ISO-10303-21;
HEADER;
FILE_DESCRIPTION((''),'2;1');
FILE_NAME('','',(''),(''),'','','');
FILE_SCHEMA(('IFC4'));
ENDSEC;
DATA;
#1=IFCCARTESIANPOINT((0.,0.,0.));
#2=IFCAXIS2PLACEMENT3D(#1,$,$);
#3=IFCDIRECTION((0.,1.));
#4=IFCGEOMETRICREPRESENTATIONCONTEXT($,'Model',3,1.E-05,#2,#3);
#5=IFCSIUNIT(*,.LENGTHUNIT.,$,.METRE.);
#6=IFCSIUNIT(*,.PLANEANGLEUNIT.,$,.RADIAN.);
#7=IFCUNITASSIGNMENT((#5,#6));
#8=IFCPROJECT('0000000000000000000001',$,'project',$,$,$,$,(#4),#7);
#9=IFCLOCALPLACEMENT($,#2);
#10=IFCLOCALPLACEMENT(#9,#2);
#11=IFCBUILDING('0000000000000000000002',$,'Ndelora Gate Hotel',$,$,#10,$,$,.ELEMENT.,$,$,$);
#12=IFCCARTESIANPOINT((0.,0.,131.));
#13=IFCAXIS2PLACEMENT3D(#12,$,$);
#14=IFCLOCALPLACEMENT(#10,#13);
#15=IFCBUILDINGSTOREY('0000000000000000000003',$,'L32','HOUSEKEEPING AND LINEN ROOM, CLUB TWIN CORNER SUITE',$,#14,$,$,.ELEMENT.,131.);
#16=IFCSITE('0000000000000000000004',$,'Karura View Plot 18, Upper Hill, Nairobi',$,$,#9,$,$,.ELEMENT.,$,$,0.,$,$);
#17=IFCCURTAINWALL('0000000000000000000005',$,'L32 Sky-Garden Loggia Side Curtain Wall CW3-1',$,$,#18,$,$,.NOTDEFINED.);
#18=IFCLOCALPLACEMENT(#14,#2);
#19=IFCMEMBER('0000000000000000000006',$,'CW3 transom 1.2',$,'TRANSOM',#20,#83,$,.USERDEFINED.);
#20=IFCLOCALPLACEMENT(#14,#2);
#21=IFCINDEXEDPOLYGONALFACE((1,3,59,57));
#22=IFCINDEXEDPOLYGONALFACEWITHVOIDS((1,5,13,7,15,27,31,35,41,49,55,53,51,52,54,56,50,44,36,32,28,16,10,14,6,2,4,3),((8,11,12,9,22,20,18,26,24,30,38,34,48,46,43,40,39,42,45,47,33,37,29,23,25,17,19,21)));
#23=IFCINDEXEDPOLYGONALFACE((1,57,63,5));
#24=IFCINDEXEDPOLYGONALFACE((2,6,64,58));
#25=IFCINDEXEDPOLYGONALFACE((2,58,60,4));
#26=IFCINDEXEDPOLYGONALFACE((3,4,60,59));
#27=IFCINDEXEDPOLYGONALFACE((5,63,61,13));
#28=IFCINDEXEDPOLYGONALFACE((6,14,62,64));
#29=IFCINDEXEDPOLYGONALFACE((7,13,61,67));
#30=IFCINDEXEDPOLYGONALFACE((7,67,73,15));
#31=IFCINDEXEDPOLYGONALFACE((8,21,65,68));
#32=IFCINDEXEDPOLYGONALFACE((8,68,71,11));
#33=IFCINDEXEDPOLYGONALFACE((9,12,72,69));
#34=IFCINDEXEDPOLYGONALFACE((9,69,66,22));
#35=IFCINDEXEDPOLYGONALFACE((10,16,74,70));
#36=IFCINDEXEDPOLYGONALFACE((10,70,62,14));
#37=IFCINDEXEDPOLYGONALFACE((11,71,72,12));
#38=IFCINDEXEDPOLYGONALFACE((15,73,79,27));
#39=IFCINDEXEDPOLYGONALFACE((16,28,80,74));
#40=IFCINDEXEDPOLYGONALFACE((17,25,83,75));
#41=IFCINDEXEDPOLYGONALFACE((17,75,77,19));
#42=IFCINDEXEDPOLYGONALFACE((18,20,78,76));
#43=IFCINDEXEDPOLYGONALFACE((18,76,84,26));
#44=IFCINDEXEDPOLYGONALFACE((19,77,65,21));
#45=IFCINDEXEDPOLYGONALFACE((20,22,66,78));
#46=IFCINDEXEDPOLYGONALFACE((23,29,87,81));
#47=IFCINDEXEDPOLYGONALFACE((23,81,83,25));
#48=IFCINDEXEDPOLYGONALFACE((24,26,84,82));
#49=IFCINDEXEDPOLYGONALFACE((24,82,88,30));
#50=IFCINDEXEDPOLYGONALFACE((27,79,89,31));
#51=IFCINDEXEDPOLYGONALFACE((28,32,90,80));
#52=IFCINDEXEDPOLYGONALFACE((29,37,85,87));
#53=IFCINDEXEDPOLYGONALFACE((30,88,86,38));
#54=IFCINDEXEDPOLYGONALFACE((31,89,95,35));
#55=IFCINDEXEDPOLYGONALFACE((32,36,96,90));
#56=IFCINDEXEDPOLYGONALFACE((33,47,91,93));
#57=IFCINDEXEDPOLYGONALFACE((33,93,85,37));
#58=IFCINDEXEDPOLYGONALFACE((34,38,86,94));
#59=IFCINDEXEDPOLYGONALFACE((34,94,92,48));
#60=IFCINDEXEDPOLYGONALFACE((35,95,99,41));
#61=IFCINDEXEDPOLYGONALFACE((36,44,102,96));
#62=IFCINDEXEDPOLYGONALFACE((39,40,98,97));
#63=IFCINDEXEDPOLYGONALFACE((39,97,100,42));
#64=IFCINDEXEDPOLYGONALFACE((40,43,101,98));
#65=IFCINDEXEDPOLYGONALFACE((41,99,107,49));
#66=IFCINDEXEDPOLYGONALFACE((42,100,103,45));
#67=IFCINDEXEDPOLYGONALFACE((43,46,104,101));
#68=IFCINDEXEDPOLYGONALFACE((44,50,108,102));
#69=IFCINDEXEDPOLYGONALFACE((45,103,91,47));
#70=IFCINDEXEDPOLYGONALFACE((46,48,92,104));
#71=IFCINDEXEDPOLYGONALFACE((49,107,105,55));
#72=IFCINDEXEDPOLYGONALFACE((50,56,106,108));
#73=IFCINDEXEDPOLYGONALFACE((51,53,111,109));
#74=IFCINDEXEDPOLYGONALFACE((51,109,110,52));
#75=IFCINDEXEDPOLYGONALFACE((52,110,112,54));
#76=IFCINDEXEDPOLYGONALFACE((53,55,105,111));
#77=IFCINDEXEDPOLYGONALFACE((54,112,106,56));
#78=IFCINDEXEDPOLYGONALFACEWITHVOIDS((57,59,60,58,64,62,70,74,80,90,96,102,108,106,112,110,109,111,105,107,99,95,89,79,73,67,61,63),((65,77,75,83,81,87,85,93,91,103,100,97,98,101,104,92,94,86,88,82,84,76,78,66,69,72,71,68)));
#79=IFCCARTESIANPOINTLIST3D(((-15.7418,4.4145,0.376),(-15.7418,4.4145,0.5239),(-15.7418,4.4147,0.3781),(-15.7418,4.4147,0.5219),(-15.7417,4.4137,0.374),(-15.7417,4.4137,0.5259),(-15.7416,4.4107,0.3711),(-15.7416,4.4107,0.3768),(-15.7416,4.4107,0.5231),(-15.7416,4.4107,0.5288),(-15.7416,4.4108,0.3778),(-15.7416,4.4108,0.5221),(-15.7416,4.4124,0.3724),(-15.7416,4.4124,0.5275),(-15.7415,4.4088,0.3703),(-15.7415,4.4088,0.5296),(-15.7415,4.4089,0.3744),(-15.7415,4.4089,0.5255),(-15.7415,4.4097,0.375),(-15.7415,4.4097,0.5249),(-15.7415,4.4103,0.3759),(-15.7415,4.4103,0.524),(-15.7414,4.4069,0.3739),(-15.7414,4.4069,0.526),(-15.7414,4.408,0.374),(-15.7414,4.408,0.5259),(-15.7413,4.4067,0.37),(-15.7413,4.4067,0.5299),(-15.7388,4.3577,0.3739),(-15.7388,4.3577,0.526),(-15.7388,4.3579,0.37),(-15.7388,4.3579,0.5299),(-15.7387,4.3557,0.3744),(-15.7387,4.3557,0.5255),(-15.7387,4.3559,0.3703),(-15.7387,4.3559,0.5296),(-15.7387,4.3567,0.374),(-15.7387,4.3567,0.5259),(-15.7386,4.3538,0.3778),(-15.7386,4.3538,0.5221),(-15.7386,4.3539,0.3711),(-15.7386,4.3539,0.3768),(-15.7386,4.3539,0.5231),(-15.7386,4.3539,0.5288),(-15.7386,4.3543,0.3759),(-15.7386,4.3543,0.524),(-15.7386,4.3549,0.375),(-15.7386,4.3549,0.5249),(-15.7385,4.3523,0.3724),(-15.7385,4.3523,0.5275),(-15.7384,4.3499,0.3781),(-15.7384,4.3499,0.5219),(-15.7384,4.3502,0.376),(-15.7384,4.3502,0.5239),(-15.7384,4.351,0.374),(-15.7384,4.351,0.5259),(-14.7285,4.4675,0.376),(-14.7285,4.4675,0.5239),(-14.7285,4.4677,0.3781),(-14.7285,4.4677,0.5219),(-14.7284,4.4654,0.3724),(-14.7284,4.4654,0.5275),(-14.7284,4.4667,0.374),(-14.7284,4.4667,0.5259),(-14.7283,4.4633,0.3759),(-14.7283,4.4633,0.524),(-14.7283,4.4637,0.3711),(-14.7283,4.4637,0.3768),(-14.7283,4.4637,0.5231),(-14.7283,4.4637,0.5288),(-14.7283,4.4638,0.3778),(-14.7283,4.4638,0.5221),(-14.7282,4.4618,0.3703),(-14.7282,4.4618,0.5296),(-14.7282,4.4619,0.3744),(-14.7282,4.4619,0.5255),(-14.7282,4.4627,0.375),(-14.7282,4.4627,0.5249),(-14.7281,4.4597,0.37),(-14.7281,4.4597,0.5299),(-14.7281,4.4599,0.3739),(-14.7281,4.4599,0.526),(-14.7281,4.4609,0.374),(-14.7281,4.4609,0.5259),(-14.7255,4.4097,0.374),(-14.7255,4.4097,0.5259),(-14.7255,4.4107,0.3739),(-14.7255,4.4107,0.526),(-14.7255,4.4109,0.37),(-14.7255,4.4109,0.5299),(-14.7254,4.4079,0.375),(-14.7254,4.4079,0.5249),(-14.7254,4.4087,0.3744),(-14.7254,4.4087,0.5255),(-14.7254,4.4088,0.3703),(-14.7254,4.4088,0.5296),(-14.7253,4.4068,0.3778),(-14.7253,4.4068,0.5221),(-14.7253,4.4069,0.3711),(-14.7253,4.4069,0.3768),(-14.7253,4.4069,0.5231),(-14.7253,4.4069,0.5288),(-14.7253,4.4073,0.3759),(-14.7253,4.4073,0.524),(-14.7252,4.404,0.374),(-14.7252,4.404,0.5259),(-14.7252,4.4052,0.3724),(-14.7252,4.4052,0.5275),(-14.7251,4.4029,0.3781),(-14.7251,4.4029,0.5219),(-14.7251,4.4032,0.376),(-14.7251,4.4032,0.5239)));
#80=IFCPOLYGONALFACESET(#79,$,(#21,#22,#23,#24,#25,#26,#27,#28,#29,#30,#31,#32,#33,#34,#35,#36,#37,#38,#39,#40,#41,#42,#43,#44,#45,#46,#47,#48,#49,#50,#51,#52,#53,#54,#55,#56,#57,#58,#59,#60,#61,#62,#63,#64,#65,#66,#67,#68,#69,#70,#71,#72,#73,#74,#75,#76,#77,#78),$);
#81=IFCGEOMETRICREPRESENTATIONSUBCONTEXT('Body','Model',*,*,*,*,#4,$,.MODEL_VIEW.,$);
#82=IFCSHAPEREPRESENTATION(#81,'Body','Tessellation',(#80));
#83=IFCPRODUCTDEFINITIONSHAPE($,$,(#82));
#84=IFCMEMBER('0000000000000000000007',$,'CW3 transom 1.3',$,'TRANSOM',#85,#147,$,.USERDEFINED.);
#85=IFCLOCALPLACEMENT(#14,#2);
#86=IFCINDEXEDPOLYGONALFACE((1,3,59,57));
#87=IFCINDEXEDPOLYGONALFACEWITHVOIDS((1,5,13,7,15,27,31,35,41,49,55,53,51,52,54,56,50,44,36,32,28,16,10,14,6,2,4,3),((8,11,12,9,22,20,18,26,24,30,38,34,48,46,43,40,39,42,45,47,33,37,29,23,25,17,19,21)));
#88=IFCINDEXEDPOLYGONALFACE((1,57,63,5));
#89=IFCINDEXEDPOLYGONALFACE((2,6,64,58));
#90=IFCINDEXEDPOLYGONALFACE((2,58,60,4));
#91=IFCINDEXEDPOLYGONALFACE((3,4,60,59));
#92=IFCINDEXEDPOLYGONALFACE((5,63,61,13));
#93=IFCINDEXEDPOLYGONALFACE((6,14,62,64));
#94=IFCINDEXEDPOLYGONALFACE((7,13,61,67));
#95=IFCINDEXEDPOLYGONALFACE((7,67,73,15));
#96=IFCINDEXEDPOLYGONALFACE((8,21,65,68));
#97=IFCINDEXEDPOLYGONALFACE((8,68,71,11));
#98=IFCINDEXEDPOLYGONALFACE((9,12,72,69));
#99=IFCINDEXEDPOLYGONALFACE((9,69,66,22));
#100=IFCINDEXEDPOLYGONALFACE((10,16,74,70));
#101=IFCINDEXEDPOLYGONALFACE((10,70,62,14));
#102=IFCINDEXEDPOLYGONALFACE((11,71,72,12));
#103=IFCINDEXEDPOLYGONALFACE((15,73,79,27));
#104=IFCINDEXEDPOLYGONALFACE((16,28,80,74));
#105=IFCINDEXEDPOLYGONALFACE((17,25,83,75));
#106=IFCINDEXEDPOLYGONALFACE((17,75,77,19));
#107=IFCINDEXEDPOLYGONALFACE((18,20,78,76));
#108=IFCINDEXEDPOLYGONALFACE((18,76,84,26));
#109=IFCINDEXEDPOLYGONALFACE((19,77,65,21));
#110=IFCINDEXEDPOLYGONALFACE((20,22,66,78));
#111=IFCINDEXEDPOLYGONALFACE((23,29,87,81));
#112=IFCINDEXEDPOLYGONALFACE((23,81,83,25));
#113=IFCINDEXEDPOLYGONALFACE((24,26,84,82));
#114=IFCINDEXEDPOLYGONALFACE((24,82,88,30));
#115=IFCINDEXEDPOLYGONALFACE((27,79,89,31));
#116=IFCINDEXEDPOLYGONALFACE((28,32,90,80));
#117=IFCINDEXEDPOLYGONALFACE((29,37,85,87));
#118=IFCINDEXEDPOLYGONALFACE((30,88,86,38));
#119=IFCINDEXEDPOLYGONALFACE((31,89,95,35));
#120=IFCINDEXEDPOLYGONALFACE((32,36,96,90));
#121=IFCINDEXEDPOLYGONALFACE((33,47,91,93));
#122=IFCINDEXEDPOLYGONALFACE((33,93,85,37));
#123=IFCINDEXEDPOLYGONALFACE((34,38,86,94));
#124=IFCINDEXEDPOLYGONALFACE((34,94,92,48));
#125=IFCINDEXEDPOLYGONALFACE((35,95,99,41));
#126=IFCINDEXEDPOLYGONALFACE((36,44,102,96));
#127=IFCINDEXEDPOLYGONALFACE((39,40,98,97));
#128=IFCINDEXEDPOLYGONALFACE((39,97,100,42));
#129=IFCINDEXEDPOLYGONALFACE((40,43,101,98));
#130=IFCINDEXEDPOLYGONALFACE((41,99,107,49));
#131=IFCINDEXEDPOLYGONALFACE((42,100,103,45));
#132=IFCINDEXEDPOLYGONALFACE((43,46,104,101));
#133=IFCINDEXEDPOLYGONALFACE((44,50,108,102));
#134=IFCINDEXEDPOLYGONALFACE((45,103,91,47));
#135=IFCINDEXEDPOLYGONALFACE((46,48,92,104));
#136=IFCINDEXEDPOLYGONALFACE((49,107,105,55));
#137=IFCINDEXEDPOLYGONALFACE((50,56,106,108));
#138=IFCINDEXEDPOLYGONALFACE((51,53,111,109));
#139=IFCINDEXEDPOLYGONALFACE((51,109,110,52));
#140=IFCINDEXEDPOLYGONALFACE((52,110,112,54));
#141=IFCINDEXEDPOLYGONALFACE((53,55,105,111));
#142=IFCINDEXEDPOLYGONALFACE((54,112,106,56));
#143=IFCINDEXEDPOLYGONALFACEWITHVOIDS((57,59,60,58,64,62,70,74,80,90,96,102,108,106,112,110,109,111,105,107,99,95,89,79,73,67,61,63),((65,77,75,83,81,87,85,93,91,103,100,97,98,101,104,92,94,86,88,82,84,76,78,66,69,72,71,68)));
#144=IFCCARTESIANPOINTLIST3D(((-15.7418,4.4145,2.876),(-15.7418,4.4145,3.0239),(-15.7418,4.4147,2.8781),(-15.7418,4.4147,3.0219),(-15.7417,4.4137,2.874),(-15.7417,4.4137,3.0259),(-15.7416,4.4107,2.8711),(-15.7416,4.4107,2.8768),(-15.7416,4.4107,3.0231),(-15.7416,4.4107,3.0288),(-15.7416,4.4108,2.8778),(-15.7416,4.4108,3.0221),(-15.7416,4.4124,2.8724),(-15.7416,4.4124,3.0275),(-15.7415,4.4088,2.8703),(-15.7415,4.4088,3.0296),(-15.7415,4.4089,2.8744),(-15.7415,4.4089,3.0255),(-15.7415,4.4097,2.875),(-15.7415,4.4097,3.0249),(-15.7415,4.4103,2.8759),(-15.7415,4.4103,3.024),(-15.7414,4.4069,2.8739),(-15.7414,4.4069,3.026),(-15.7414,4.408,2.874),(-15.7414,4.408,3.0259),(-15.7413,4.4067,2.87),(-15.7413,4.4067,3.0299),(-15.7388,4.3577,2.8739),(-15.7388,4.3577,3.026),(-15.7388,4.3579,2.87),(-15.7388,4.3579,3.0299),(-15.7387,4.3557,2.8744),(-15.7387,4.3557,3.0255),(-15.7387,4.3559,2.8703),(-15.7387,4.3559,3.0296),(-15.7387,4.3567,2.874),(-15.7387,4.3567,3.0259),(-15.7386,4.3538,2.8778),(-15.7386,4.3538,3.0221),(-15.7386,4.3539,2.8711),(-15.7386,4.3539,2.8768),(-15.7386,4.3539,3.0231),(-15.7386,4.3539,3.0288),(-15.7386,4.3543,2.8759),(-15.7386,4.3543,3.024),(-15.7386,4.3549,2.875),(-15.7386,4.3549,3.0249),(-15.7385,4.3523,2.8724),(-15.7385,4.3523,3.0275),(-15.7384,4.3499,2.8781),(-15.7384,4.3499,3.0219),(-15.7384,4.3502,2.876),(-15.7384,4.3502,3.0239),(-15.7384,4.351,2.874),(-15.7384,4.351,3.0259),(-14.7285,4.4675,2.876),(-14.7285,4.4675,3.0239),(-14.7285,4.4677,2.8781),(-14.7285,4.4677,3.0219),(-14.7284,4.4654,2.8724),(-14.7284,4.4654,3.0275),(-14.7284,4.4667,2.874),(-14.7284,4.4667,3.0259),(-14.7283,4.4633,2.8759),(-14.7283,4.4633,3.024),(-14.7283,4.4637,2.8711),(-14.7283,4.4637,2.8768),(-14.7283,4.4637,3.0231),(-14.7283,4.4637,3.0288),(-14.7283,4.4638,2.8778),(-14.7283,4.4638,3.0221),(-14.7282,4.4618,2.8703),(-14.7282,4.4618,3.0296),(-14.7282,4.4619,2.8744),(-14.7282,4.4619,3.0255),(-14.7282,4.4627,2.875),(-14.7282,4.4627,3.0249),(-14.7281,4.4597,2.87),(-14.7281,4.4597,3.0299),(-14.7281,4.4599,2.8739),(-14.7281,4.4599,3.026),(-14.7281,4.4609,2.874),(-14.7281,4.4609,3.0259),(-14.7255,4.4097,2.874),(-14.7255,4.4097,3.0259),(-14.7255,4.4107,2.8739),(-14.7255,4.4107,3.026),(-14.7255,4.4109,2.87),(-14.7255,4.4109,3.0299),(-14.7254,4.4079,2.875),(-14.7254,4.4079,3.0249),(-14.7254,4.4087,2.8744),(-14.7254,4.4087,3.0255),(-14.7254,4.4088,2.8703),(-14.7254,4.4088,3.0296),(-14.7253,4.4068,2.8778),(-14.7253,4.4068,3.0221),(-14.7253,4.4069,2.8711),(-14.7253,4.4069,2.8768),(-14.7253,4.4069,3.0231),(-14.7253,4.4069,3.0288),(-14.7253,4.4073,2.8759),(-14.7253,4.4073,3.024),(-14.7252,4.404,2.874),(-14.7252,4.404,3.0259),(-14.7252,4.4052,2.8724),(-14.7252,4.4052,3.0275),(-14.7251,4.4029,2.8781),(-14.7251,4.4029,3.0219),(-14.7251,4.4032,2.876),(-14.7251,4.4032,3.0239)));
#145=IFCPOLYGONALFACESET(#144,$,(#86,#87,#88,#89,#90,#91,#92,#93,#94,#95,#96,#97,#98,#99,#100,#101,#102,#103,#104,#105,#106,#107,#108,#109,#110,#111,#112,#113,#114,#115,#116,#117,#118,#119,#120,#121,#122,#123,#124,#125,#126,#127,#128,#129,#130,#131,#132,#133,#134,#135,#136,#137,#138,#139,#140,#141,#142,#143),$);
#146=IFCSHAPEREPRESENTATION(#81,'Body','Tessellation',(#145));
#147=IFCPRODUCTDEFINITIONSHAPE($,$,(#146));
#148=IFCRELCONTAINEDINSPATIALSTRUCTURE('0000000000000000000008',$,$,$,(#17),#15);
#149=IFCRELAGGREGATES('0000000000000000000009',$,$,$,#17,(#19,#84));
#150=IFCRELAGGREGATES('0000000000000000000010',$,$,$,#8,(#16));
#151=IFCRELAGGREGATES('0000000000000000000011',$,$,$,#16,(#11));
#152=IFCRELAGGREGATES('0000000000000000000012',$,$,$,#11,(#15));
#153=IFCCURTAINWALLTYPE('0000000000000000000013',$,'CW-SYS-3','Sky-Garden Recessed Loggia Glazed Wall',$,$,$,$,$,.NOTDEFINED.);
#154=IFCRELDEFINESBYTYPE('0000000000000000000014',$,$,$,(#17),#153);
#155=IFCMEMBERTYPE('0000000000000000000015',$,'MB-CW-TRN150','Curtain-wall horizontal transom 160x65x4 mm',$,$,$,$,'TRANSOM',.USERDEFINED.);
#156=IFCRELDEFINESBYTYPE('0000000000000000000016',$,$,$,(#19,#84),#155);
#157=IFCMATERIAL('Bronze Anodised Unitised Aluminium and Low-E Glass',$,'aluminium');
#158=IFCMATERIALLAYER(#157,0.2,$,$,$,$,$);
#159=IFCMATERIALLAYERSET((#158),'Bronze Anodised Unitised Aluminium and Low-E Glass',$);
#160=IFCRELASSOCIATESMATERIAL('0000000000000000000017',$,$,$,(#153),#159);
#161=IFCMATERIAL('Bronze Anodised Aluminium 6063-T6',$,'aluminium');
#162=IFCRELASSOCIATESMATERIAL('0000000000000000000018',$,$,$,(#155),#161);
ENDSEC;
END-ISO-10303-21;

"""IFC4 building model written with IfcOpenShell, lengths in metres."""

from ifc_helpers import new_model, si_unit, direction, frame, origin, origin_2d, place, context, subcontext, project, spatial, hollow_rectangle, extrude, material, layer, layer_set, material_profile, profile_set, type_object, element, aggregate, save


model = new_model("IFC4")

# Units and contexts
model_context = context("Model", 3, precision=1e-05, world=origin(), true_north=direction((0.0, 1.0)))
body_context = subcontext(model_context, "Body", "Model", "MODEL_VIEW")
ifc_project = project(units=[si_unit("LENGTHUNIT", "METRE"), si_unit("PLANEANGLEUNIT", "RADIAN")], contexts=[model_context])

# Site, building, storey
site_placement = place(None, origin())
site = spatial("IfcSite", under=ifc_project, at=site_placement, Name="Karura View Plot 18, Upper Hill, Nairobi", CompositionType="ELEMENT", RefElevation=0.0)
building_placement = place(site_placement, origin())
building = spatial("IfcBuilding", under=site, at=building_placement, Name="Ndelora Gate Hotel", CompositionType="ELEMENT")
storey_placement = place(building_placement, frame((0.0, 0.0, 131.0)))
storey = spatial("IfcBuildingStorey", under=building, at=storey_placement, Name="L32", Description="HOUSEKEEPING AND LINEN ROOM, CLUB TWIN CORNER SUITE", CompositionType="ELEMENT", Elevation=131.0)

# Curtain wall, members
ifc_material_1 = material(Name="Bronze Anodised Unitised Aluminium and Low-E Glass", Category="aluminium")
ifc_layer_1 = layer(ifc_material_1, 0.2)
ifc_layer_set_1 = layer_set([ifc_layer_1], Name="Bronze Anodised Unitised Aluminium and Low-E Glass")
curtain_wall_type = type_object("IfcCurtainWallType", Name="CW-SYS-3", Description="Sky-Garden Recessed Loggia Glazed Wall", PredefinedType="NOTDEFINED", material=ifc_layer_set_1)
curtain_wall_placement = place(storey_placement, origin())
curtain_wall = element("IfcCurtainWall", 1, at=curtain_wall_placement, inside=storey, type_object=curtain_wall_type, Name="L32 Sky-Garden Loggia Side Curtain Wall CW3-1", PredefinedType="NOTDEFINED")
ifc_material_2 = material(Name="Bronze Anodised Aluminium 6063-T6", Category="aluminium")
ifc_material_profile_1 = material_profile(ifc_material_2, hollow_rectangle(XDim=0.0649, YDim=0.1599, WallThickness=0.0039, InnerFilletRadius=0.0039, OuterFilletRadius=0.0081, at=origin_2d()), Name="ALU 160x65x4")
ifc_profile_set_1 = profile_set([ifc_material_profile_1], Name="Bronze Anodised Aluminium 6063-T6")
member_type_1 = type_object("IfcMemberType", Name="MB-CW-TRN150", Description="Curtain-wall horizontal transom 160x65x4 mm", ElementType="TRANSOM", PredefinedType="USERDEFINED", material=ifc_profile_set_1)
member_1_placement = place(storey_placement, frame((-14.7268, 4.4353, 0.45), z_axis=(-0.998636, -0.052218, 0.0), x_axis=(0.052218, -0.998636, 0.0)))
member_1 = element("IfcMember", 2, at=member_1_placement, type_object=member_type_1, Name="CW3 transom 1.2", ObjectType="TRANSOM", PredefinedType="USERDEFINED", context=body_context, shape_type="SweptSolid", body=[
    extrude(hollow_rectangle(XDim=0.0649, YDim=0.1599, WallThickness=0.0039, InnerFilletRadius=0.0039, OuterFilletRadius=0.0081, at=origin_2d()), origin(), (0.0, 0.0, 1.0), 1.0146),
])
member_2_placement = place(storey_placement, frame((-14.7268, 4.4353, 2.95), z_axis=(-0.998636, -0.052218, 0.0), x_axis=(0.052218, -0.998636, 0.0)))
member_2 = element("IfcMember", 3, at=member_2_placement, type_object=member_type_1, Name="CW3 transom 1.3", ObjectType="TRANSOM", PredefinedType="USERDEFINED", context=body_context, shape_type="SweptSolid", body=[
    extrude(hollow_rectangle(XDim=0.0649, YDim=0.1599, WallThickness=0.0039, InnerFilletRadius=0.0039, OuterFilletRadius=0.0081, at=origin_2d()), origin(), (0.0, 0.0, 1.0), 1.0146),
])
aggregate(curtain_wall, [member_1, member_2])

save(model, "model.ifc")
